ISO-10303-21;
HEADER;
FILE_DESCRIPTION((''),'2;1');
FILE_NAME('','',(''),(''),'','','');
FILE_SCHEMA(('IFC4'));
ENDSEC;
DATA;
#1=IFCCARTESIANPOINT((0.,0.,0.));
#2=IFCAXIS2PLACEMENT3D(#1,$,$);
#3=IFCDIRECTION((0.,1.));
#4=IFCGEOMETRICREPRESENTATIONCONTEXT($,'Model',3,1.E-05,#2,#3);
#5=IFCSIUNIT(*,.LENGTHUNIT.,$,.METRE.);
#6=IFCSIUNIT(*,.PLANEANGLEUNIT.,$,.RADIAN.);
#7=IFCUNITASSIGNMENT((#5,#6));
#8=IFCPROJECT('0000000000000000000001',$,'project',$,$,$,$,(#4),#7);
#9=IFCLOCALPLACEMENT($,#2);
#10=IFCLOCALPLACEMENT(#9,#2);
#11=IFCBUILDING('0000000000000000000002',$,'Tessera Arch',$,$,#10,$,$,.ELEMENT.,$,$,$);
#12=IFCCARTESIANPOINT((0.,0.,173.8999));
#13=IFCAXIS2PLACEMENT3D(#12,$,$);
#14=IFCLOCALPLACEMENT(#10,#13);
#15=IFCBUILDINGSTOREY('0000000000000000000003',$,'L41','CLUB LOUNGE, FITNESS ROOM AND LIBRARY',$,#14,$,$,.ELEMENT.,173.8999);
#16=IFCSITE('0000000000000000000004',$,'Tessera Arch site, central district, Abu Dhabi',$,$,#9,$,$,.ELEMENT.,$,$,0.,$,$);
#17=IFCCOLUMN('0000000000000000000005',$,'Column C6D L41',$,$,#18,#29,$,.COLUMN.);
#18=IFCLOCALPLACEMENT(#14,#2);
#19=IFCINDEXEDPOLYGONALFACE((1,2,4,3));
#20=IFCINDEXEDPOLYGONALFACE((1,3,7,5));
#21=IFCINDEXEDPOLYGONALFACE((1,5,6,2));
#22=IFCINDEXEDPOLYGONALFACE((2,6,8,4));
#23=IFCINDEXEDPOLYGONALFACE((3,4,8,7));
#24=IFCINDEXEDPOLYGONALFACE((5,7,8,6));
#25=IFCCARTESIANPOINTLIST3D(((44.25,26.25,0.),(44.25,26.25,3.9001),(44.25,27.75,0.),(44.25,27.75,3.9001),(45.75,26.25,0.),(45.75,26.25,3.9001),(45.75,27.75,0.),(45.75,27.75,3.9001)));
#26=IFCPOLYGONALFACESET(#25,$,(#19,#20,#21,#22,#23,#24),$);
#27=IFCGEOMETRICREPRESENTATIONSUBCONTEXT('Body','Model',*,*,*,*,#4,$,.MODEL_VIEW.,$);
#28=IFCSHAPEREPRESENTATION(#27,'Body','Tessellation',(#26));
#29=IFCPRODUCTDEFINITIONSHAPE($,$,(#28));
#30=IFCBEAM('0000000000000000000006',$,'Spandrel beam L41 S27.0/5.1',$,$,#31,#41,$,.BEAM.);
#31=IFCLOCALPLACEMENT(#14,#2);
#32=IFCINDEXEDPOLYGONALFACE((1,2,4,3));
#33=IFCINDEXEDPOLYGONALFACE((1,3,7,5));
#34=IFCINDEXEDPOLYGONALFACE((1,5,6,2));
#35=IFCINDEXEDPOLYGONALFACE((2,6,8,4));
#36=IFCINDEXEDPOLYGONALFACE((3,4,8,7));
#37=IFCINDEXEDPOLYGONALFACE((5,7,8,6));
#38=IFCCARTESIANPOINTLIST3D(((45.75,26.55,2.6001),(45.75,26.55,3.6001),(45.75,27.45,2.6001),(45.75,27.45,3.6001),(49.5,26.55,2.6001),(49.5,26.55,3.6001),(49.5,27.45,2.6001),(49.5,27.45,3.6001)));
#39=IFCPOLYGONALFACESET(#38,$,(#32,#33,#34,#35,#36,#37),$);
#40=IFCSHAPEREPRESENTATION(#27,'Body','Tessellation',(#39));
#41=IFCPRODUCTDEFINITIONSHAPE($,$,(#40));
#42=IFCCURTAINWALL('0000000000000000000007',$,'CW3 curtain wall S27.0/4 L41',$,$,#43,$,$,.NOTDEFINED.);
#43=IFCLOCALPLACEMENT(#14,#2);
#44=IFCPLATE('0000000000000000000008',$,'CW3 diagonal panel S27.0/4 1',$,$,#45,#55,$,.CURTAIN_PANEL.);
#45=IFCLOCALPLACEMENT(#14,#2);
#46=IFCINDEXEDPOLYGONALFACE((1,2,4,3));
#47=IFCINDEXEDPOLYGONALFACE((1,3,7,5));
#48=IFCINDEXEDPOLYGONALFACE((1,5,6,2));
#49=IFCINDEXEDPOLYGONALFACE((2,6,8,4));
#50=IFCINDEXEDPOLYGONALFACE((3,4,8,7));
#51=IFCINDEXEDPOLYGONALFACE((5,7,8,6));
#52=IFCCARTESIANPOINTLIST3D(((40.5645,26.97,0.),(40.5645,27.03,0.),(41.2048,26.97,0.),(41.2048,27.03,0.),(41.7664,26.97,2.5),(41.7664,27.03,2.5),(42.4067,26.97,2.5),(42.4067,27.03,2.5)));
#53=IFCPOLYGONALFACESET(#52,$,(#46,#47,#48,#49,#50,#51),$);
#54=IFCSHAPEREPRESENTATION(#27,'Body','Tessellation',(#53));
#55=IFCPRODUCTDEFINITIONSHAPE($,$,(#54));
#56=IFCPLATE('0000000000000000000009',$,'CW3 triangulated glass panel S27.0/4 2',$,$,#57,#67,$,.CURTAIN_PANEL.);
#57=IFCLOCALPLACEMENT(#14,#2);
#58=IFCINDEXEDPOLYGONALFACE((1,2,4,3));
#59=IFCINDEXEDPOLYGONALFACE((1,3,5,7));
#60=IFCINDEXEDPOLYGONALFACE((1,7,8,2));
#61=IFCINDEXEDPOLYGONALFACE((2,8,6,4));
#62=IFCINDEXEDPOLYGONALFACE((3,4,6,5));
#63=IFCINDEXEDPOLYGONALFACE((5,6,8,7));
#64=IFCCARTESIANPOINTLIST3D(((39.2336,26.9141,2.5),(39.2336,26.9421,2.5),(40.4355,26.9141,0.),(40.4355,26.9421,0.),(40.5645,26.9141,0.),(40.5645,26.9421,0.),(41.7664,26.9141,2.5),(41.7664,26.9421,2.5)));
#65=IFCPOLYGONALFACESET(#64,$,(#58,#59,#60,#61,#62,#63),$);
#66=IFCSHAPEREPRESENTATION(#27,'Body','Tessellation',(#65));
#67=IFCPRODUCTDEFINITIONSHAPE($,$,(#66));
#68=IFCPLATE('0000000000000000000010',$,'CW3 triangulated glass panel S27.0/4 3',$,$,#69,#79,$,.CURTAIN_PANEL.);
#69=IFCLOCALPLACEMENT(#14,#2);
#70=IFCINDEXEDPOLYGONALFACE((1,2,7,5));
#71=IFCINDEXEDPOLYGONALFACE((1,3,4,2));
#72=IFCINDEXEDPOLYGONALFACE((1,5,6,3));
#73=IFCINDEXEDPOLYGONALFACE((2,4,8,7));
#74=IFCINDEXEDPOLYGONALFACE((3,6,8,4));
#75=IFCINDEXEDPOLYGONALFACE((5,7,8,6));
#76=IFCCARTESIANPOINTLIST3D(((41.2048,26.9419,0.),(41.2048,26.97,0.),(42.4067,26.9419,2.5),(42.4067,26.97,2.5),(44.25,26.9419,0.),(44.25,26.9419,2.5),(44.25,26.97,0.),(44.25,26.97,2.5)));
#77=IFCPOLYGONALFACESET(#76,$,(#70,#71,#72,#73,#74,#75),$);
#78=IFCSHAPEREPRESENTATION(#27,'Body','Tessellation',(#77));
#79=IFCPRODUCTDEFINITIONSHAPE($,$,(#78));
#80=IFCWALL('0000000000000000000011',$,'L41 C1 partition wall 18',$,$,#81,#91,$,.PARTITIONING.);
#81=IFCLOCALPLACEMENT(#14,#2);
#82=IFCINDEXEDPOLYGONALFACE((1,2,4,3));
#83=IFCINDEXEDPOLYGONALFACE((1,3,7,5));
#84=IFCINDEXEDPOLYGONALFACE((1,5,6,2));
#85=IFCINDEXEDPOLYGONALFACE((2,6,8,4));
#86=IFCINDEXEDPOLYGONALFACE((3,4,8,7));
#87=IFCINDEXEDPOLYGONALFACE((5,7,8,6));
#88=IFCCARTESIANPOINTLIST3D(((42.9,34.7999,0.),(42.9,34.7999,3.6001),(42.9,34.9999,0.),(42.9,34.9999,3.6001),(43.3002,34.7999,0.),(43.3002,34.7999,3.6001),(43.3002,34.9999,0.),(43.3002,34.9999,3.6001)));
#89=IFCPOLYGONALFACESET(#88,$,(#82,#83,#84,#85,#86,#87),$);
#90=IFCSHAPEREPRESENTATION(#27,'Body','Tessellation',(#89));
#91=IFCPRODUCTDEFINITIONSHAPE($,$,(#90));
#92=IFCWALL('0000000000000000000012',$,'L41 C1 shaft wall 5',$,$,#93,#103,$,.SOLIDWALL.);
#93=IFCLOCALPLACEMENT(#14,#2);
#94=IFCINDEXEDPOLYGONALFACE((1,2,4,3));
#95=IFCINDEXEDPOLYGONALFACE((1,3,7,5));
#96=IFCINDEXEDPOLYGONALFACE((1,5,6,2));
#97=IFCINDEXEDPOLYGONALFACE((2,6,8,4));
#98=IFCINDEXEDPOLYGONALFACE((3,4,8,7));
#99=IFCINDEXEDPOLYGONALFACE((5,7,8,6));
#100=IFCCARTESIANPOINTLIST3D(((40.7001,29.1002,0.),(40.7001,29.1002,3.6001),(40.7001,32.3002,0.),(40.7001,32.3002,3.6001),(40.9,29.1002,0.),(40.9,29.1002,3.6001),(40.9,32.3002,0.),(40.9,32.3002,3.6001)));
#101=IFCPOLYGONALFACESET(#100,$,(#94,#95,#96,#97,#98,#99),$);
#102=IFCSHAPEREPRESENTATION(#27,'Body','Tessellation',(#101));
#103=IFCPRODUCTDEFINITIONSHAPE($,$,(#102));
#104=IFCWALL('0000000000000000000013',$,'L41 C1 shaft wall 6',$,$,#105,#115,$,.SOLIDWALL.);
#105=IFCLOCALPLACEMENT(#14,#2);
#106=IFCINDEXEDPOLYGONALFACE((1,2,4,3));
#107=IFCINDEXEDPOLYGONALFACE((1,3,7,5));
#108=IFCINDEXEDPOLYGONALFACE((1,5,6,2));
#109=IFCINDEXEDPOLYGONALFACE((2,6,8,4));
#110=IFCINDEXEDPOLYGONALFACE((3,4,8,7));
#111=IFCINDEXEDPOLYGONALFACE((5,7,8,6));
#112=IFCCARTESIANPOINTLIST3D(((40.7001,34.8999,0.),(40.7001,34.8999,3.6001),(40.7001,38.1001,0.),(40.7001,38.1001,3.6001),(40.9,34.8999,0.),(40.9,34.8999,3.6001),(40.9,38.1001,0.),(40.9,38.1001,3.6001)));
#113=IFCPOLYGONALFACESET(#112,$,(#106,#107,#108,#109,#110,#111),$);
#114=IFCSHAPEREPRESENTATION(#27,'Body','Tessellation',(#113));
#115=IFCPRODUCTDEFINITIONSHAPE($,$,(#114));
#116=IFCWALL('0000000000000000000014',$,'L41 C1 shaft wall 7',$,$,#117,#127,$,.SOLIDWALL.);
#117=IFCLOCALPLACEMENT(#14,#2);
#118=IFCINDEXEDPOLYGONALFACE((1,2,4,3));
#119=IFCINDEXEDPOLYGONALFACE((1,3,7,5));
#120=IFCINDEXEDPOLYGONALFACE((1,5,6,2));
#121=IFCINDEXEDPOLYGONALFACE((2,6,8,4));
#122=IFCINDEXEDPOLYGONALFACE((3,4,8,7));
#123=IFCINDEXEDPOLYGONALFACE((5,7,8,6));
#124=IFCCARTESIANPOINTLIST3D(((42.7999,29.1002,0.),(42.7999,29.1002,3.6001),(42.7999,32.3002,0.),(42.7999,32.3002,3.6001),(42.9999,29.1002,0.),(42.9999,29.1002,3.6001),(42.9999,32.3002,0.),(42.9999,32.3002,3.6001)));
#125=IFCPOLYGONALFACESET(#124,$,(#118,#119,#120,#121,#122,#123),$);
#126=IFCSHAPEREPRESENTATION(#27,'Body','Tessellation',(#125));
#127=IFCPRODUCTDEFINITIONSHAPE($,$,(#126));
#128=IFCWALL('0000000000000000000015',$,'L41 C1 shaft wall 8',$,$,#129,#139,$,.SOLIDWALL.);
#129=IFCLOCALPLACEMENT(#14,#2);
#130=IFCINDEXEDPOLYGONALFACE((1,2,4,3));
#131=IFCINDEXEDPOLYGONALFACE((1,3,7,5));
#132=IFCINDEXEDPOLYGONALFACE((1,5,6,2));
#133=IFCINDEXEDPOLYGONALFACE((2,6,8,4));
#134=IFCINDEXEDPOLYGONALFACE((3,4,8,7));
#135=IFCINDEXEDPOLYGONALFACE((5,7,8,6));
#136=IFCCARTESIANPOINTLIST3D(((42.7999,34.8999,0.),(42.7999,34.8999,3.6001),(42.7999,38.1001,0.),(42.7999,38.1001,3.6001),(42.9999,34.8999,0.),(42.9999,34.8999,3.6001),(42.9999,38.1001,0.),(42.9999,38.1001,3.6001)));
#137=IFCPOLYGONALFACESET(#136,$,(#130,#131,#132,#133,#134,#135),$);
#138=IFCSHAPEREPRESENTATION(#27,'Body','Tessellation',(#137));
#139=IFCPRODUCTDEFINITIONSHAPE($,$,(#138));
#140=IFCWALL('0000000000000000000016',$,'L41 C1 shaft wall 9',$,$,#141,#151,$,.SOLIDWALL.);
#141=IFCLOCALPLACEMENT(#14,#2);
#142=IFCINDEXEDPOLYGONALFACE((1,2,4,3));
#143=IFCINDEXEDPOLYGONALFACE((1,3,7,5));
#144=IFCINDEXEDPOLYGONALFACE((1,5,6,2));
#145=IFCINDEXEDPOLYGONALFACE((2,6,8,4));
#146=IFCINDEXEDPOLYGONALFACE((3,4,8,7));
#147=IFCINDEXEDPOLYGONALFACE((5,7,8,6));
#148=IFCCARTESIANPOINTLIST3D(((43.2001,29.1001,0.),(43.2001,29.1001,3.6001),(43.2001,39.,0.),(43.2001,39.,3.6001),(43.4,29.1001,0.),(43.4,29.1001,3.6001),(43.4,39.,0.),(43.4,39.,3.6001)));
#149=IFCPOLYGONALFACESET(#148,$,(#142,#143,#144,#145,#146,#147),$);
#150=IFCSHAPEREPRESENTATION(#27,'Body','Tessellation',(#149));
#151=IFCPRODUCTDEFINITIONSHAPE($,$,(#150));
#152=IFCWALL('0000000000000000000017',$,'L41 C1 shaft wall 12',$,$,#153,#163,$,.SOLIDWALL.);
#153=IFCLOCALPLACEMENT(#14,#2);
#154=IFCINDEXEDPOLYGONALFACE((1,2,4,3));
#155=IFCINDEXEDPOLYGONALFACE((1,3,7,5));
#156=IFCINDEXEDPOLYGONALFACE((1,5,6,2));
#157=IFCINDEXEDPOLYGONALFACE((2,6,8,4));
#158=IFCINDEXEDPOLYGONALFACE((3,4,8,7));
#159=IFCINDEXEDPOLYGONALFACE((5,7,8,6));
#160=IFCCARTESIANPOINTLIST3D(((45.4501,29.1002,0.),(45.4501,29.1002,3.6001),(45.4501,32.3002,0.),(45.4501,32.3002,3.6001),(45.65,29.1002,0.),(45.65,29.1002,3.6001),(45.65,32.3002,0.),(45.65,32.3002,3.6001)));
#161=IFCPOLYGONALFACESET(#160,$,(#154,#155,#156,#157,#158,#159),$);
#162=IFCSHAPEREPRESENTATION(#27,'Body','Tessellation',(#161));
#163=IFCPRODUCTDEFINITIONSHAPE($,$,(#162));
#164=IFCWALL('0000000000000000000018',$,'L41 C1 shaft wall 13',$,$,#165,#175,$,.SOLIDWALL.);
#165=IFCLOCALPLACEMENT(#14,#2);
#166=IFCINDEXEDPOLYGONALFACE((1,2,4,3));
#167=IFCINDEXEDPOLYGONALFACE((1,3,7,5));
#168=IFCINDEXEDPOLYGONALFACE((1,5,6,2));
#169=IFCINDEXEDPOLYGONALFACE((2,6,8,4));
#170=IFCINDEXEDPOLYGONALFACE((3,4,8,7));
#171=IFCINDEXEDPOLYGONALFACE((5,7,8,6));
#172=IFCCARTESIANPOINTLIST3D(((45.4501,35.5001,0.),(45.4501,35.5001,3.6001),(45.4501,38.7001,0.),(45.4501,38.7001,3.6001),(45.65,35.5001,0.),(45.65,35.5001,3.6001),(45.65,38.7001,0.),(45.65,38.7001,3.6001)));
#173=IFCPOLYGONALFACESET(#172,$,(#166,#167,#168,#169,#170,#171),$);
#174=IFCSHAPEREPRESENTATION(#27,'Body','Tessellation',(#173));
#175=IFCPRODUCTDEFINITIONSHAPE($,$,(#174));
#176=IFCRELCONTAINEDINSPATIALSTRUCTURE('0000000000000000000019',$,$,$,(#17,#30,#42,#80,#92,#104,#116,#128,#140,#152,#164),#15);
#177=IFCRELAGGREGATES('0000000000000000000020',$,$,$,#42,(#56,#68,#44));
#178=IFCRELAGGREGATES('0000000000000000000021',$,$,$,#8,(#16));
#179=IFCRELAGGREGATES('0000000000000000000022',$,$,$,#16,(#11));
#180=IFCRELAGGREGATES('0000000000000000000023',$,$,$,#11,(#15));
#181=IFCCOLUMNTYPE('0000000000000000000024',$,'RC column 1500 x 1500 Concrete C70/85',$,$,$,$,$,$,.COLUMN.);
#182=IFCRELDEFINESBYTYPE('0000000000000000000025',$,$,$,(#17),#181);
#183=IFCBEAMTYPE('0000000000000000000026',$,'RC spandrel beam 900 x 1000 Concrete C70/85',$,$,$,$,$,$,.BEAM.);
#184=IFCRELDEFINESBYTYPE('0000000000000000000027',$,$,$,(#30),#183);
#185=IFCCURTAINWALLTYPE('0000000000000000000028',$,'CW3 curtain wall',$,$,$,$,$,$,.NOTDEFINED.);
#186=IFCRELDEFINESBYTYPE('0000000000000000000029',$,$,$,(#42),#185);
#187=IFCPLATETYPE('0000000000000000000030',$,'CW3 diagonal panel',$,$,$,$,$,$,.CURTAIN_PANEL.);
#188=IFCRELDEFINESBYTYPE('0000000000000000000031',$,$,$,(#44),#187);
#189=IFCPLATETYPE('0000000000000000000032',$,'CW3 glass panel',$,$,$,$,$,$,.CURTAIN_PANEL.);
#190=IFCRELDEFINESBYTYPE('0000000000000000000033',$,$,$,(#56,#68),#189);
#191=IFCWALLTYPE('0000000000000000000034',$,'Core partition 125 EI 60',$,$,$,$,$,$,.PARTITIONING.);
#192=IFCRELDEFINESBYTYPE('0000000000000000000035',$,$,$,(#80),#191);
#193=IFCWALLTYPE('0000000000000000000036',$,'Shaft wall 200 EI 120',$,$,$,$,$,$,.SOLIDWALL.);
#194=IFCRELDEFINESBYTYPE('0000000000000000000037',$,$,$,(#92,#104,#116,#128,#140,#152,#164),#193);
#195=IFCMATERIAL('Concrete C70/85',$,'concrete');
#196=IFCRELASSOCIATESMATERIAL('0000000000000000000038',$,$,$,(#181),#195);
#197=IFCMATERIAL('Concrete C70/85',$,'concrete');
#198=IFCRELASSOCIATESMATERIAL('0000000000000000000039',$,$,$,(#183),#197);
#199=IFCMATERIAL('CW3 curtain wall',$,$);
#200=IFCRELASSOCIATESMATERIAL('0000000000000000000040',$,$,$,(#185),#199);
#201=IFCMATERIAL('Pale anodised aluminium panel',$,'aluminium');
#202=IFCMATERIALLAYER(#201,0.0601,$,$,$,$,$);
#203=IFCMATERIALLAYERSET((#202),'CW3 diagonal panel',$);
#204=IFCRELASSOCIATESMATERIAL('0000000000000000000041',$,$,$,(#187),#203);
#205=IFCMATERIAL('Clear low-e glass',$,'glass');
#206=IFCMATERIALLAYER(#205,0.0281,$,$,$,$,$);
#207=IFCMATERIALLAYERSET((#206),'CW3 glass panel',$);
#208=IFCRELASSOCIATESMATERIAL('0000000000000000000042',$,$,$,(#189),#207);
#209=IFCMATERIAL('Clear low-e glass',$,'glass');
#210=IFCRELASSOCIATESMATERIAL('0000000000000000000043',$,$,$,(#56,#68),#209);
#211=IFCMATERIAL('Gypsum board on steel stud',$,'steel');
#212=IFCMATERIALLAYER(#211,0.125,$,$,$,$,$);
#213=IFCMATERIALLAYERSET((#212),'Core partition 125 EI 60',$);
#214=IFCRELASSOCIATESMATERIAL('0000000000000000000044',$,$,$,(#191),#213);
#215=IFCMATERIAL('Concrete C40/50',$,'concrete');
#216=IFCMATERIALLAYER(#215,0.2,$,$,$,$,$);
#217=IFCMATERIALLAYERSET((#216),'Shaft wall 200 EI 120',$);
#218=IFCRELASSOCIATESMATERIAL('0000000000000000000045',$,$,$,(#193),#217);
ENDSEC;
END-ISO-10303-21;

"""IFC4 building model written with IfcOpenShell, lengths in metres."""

from ifc_helpers import new_model, si_unit, direction, frame, frame_2d, origin, origin_2d, place, context, subcontext, project, spatial, polyline, rectangle, outline, extrude, material, layer, layer_set, material_profile, profile_set, type_object, element, aggregate, save


model = new_model("IFC4")

# Units and contexts
model_context = context("Model", 3, precision=1e-05, world=origin(), true_north=direction((0.0, 1.0)))
body_context = subcontext(model_context, "Body", "Model", "MODEL_VIEW")
ifc_project = project(units=[si_unit("LENGTHUNIT", "METRE"), si_unit("PLANEANGLEUNIT", "RADIAN")], contexts=[model_context])

# Site, building, storey
site_placement = place(None, origin())
site = spatial("IfcSite", under=ifc_project, at=site_placement, Name="Tessera Arch site, central district, Abu Dhabi", CompositionType="ELEMENT", RefElevation=0.0)
building_placement = place(site_placement, origin())
building = spatial("IfcBuilding", under=site, at=building_placement, Name="Tessera Arch", CompositionType="ELEMENT")
storey_placement = place(building_placement, frame((0.0, 0.0, 173.8999)))
storey = spatial("IfcBuildingStorey", under=building, at=storey_placement, Name="L41", Description="CLUB LOUNGE, FITNESS ROOM AND LIBRARY", CompositionType="ELEMENT", Elevation=173.8999)

# Column
ifc_material_1 = material(Name="Concrete C70/85", Category="concrete")
ifc_material_profile_1 = material_profile(ifc_material_1, rectangle(XDim=1.5, YDim=1.5, at=origin_2d()), Name="RC column 1500 x 1500 Concrete C70/85")
ifc_profile_set_1 = profile_set([ifc_material_profile_1], Name="Concrete C70/85")
column_type = type_object("IfcColumnType", Name="RC column 1500 x 1500 Concrete C70/85", PredefinedType="COLUMN", material=ifc_profile_set_1)
column_placement = place(storey_placement, frame((45.0, 27.0, 0.0), z_axis=(0.0, 0.0, 1.0), x_axis=(1.0, 0.0, 0.0)))
element("IfcColumn", 1, at=column_placement, inside=storey, type_object=column_type, Name="Column C6D L41", PredefinedType="COLUMN", context=body_context, shape_type="SweptSolid", body=[
    extrude(rectangle(XDim=1.5, YDim=1.5, at=origin_2d()), origin(), (0.0, 0.0, 1.0), 3.9001),
])

# Beam
ifc_material_2 = material(Name="Concrete C70/85", Category="concrete")
ifc_material_profile_2 = material_profile(ifc_material_2, rectangle(XDim=0.8999, YDim=1.0, at=origin_2d()), Name="RC spandrel beam 900 x 1000 Concrete C70/85")
ifc_profile_set_2 = profile_set([ifc_material_profile_2], Name="Concrete C70/85")
beam_type = type_object("IfcBeamType", Name="RC spandrel beam 900 x 1000 Concrete C70/85", PredefinedType="BEAM", material=ifc_profile_set_2)
beam_placement = place(storey_placement, frame((45.75, 27.0, 3.1001), z_axis=(1.0, 0.0, 0.0), x_axis=(0.0, 1.0, 0.0)))
element("IfcBeam", 2, at=beam_placement, inside=storey, type_object=beam_type, Name="Spandrel beam L41 S27.0/5.1", PredefinedType="BEAM", context=body_context, shape_type="SweptSolid", body=[
    extrude(rectangle(XDim=0.8999, YDim=1.0, at=origin_2d()), origin(), (0.0, 0.0, 1.0), 3.75),
])

# Curtain wall, plates
ifc_material_3 = material(Name="CW3 curtain wall")
curtain_wall_type = type_object("IfcCurtainWallType", Name="CW3 curtain wall", PredefinedType="NOTDEFINED", material=ifc_material_3)
curtain_wall_placement = place(storey_placement, origin())
curtain_wall = element("IfcCurtainWall", 3, at=curtain_wall_placement, inside=storey, type_object=curtain_wall_type, Name="CW3 curtain wall S27.0/4 L41", PredefinedType="NOTDEFINED")
ifc_material_4 = material(Name="Pale anodised aluminium panel", Category="aluminium")
ifc_layer_1 = layer(ifc_material_4, 0.0601)
ifc_layer_set_1 = layer_set([ifc_layer_1], Name="CW3 diagonal panel")
plate_type_1 = type_object("IfcPlateType", Name="CW3 diagonal panel", PredefinedType="CURTAIN_PANEL", material=ifc_layer_set_1)
plate_1_placement = place(storey_placement, frame((42.4067, 26.97, 2.5), z_axis=(0.0, -1.0, 0.0), x_axis=(-1.0, 0.0, 0.0)))
plate_1 = element("IfcPlate", 4, at=plate_1_placement, type_object=plate_type_1, Name="CW3 diagonal panel S27.0/4 1", PredefinedType="CURTAIN_PANEL", context=body_context, shape_type="SweptSolid", body=[
    extrude(outline(polyline([(0.0, 0.0), (0.6404, 0.0), (1.8423, 2.5), (1.2019, 2.5), (0.0, 0.0)])), origin(), (0.0, 0.0, -1.0), 0.0601),
])
ifc_material_5 = material(Name="Clear low-e glass", Category="glass")
ifc_material_6 = material(Name="Clear low-e glass", Category="glass")
ifc_layer_2 = layer(ifc_material_6, 0.0281)
ifc_layer_set_2 = layer_set([ifc_layer_2], Name="CW3 glass panel")
plate_type_2 = type_object("IfcPlateType", Name="CW3 glass panel", PredefinedType="CURTAIN_PANEL", material=ifc_layer_set_2)
plate_2_placement = place(storey_placement, frame((41.7664, 26.9141, 2.5), z_axis=(0.0, -1.0, 0.0), x_axis=(-1.0, 0.0, 0.0)))
plate_2 = element("IfcPlate", 5, at=plate_2_placement, type_object=plate_type_2, material=ifc_material_5, Name="CW3 triangulated glass panel S27.0/4 2", PredefinedType="CURTAIN_PANEL", context=body_context, shape_type="SweptSolid", body=[
    extrude(outline(polyline([(0.0, 0.0), (2.5327, 0.0), (1.3308, 2.5), (1.2019, 2.5), (0.0, 0.0)])), origin(), (0.0, 0.0, -1.0), 0.0281),
])
plate_3_placement = place(storey_placement, frame((44.25, 26.9419, 2.5), z_axis=(0.0, -1.0, 0.0), x_axis=(-1.0, 0.0, 0.0)))
plate_3 = element("IfcPlate", 6, at=plate_3_placement, type_object=plate_type_2, material=ifc_material_5, Name="CW3 triangulated glass panel S27.0/4 3", PredefinedType="CURTAIN_PANEL", context=body_context, shape_type="SweptSolid", body=[
    extrude(outline(polyline([(0.0, 0.0), (1.8433, 0.0), (3.0452, 2.5), (0.0, 2.5), (0.0, 0.0)])), origin(), (0.0, 0.0, -1.0), 0.0281),
])
aggregate(curtain_wall, [plate_2, plate_3, plate_1])

# Walls
ifc_material_7 = material(Name="Gypsum board on steel stud", Category="steel")
ifc_layer_3 = layer(ifc_material_7, 0.125)
ifc_layer_set_3 = layer_set([ifc_layer_3], Name="Core partition 125 EI 60")
wall_type_1 = type_object("IfcWallType", Name="Core partition 125 EI 60", PredefinedType="PARTITIONING", material=ifc_layer_set_3)
wall_1_placement = place(storey_placement, frame((42.8999, 34.8999, 0.0), z_axis=(0.0, 0.0, 1.0), x_axis=(1.0, 0.0, 0.0)))
element("IfcWall", 7, at=wall_1_placement, inside=storey, type_object=wall_type_1, Name="L41 C1 partition wall 18", PredefinedType="PARTITIONING", context=body_context, shape_type="SweptSolid", body=[
    extrude(rectangle(XDim=0.4001, YDim=0.2, at=frame_2d((0.2002, 0.0))), origin(), (0.0, 0.0, 1.0), 3.6001),
])
ifc_material_8 = material(Name="Concrete C40/50", Category="concrete")
ifc_layer_4 = layer(ifc_material_8, 0.2)
ifc_layer_set_4 = layer_set([ifc_layer_4], Name="Shaft wall 200 EI 120")
wall_type_2 = type_object("IfcWallType", Name="Shaft wall 200 EI 120", PredefinedType="SOLIDWALL", material=ifc_layer_set_4)
wall_2_placement = place(storey_placement, frame((40.8, 29.1001, 0.0), z_axis=(0.0, 0.0, 1.0), x_axis=(0.0, 1.0, 0.0)))
element("IfcWall", 8, at=wall_2_placement, inside=storey, type_object=wall_type_2, Name="L41 C1 shaft wall 5", PredefinedType="SOLIDWALL", context=body_context, shape_type="SweptSolid", body=[
    extrude(rectangle(XDim=3.2, YDim=0.2, at=frame_2d((1.6001, 0.0))), origin(), (0.0, 0.0, 1.0), 3.6001),
])
wall_3_placement = place(storey_placement, frame((40.8, 34.8999, 0.0), z_axis=(0.0, 0.0, 1.0), x_axis=(0.0, 1.0, 0.0)))
element("IfcWall", 9, at=wall_3_placement, inside=storey, type_object=wall_type_2, Name="L41 C1 shaft wall 6", PredefinedType="SOLIDWALL", context=body_context, shape_type="SweptSolid", body=[
    extrude(rectangle(XDim=3.2002, YDim=0.2, at=frame_2d((1.6001, 0.0))), origin(), (0.0, 0.0, 1.0), 3.6001),
])
wall_4_placement = place(storey_placement, frame((42.8999, 29.1001, 0.0), z_axis=(0.0, 0.0, 1.0), x_axis=(0.0, 1.0, 0.0)))
element("IfcWall", 10, at=wall_4_placement, inside=storey, type_object=wall_type_2, Name="L41 C1 shaft wall 7", PredefinedType="SOLIDWALL", context=body_context, shape_type="SweptSolid", body=[
    extrude(rectangle(XDim=3.2, YDim=0.2, at=frame_2d((1.6001, 0.0))), origin(), (0.0, 0.0, 1.0), 3.6001),
])
wall_5_placement = place(storey_placement, frame((42.8999, 34.8999, 0.0), z_axis=(0.0, 0.0, 1.0), x_axis=(0.0, 1.0, 0.0)))
element("IfcWall", 11, at=wall_5_placement, inside=storey, type_object=wall_type_2, Name="L41 C1 shaft wall 8", PredefinedType="SOLIDWALL", context=body_context, shape_type="SweptSolid", body=[
    extrude(rectangle(XDim=3.2002, YDim=0.2, at=frame_2d((1.6001, 0.0))), origin(), (0.0, 0.0, 1.0), 3.6001),
])
wall_6_placement = place(storey_placement, frame((43.3, 29.1001, 0.0), z_axis=(0.0, 0.0, 1.0), x_axis=(0.0, 1.0, 0.0)))
element("IfcWall", 12, at=wall_6_placement, inside=storey, type_object=wall_type_2, Name="L41 C1 shaft wall 9", PredefinedType="SOLIDWALL", context=body_context, shape_type="SweptSolid", body=[
    extrude(rectangle(XDim=9.8999, YDim=0.2, at=frame_2d((4.95, 0.0))), origin(), (0.0, 0.0, 1.0), 3.6001),
])
for number, where, z_axis, x_axis, name in (
    (13, (45.55, 29.1001, 0.0), (0.0, 0.0, 1.0), (0.0, 1.0, 0.0), "L41 C1 shaft wall 12"),
    (14, (45.55, 35.5, 0.0), (0.0, 0.0, 1.0), (0.0, 1.0, 0.0), "L41 C1 shaft wall 13"),
):
    element("IfcWall", number, at=place(storey_placement, frame(where, z_axis=z_axis, x_axis=x_axis)), inside=storey, type_object=wall_type_2, Name=name, PredefinedType="SOLIDWALL", context=body_context, shape_type="SweptSolid", body=[
        extrude(rectangle(XDim=3.2, YDim=0.2, at=frame_2d((1.6001, 0.0))), origin(), (0.0, 0.0, 1.0), 3.6001),
    ])

save(model, "model.ifc")
